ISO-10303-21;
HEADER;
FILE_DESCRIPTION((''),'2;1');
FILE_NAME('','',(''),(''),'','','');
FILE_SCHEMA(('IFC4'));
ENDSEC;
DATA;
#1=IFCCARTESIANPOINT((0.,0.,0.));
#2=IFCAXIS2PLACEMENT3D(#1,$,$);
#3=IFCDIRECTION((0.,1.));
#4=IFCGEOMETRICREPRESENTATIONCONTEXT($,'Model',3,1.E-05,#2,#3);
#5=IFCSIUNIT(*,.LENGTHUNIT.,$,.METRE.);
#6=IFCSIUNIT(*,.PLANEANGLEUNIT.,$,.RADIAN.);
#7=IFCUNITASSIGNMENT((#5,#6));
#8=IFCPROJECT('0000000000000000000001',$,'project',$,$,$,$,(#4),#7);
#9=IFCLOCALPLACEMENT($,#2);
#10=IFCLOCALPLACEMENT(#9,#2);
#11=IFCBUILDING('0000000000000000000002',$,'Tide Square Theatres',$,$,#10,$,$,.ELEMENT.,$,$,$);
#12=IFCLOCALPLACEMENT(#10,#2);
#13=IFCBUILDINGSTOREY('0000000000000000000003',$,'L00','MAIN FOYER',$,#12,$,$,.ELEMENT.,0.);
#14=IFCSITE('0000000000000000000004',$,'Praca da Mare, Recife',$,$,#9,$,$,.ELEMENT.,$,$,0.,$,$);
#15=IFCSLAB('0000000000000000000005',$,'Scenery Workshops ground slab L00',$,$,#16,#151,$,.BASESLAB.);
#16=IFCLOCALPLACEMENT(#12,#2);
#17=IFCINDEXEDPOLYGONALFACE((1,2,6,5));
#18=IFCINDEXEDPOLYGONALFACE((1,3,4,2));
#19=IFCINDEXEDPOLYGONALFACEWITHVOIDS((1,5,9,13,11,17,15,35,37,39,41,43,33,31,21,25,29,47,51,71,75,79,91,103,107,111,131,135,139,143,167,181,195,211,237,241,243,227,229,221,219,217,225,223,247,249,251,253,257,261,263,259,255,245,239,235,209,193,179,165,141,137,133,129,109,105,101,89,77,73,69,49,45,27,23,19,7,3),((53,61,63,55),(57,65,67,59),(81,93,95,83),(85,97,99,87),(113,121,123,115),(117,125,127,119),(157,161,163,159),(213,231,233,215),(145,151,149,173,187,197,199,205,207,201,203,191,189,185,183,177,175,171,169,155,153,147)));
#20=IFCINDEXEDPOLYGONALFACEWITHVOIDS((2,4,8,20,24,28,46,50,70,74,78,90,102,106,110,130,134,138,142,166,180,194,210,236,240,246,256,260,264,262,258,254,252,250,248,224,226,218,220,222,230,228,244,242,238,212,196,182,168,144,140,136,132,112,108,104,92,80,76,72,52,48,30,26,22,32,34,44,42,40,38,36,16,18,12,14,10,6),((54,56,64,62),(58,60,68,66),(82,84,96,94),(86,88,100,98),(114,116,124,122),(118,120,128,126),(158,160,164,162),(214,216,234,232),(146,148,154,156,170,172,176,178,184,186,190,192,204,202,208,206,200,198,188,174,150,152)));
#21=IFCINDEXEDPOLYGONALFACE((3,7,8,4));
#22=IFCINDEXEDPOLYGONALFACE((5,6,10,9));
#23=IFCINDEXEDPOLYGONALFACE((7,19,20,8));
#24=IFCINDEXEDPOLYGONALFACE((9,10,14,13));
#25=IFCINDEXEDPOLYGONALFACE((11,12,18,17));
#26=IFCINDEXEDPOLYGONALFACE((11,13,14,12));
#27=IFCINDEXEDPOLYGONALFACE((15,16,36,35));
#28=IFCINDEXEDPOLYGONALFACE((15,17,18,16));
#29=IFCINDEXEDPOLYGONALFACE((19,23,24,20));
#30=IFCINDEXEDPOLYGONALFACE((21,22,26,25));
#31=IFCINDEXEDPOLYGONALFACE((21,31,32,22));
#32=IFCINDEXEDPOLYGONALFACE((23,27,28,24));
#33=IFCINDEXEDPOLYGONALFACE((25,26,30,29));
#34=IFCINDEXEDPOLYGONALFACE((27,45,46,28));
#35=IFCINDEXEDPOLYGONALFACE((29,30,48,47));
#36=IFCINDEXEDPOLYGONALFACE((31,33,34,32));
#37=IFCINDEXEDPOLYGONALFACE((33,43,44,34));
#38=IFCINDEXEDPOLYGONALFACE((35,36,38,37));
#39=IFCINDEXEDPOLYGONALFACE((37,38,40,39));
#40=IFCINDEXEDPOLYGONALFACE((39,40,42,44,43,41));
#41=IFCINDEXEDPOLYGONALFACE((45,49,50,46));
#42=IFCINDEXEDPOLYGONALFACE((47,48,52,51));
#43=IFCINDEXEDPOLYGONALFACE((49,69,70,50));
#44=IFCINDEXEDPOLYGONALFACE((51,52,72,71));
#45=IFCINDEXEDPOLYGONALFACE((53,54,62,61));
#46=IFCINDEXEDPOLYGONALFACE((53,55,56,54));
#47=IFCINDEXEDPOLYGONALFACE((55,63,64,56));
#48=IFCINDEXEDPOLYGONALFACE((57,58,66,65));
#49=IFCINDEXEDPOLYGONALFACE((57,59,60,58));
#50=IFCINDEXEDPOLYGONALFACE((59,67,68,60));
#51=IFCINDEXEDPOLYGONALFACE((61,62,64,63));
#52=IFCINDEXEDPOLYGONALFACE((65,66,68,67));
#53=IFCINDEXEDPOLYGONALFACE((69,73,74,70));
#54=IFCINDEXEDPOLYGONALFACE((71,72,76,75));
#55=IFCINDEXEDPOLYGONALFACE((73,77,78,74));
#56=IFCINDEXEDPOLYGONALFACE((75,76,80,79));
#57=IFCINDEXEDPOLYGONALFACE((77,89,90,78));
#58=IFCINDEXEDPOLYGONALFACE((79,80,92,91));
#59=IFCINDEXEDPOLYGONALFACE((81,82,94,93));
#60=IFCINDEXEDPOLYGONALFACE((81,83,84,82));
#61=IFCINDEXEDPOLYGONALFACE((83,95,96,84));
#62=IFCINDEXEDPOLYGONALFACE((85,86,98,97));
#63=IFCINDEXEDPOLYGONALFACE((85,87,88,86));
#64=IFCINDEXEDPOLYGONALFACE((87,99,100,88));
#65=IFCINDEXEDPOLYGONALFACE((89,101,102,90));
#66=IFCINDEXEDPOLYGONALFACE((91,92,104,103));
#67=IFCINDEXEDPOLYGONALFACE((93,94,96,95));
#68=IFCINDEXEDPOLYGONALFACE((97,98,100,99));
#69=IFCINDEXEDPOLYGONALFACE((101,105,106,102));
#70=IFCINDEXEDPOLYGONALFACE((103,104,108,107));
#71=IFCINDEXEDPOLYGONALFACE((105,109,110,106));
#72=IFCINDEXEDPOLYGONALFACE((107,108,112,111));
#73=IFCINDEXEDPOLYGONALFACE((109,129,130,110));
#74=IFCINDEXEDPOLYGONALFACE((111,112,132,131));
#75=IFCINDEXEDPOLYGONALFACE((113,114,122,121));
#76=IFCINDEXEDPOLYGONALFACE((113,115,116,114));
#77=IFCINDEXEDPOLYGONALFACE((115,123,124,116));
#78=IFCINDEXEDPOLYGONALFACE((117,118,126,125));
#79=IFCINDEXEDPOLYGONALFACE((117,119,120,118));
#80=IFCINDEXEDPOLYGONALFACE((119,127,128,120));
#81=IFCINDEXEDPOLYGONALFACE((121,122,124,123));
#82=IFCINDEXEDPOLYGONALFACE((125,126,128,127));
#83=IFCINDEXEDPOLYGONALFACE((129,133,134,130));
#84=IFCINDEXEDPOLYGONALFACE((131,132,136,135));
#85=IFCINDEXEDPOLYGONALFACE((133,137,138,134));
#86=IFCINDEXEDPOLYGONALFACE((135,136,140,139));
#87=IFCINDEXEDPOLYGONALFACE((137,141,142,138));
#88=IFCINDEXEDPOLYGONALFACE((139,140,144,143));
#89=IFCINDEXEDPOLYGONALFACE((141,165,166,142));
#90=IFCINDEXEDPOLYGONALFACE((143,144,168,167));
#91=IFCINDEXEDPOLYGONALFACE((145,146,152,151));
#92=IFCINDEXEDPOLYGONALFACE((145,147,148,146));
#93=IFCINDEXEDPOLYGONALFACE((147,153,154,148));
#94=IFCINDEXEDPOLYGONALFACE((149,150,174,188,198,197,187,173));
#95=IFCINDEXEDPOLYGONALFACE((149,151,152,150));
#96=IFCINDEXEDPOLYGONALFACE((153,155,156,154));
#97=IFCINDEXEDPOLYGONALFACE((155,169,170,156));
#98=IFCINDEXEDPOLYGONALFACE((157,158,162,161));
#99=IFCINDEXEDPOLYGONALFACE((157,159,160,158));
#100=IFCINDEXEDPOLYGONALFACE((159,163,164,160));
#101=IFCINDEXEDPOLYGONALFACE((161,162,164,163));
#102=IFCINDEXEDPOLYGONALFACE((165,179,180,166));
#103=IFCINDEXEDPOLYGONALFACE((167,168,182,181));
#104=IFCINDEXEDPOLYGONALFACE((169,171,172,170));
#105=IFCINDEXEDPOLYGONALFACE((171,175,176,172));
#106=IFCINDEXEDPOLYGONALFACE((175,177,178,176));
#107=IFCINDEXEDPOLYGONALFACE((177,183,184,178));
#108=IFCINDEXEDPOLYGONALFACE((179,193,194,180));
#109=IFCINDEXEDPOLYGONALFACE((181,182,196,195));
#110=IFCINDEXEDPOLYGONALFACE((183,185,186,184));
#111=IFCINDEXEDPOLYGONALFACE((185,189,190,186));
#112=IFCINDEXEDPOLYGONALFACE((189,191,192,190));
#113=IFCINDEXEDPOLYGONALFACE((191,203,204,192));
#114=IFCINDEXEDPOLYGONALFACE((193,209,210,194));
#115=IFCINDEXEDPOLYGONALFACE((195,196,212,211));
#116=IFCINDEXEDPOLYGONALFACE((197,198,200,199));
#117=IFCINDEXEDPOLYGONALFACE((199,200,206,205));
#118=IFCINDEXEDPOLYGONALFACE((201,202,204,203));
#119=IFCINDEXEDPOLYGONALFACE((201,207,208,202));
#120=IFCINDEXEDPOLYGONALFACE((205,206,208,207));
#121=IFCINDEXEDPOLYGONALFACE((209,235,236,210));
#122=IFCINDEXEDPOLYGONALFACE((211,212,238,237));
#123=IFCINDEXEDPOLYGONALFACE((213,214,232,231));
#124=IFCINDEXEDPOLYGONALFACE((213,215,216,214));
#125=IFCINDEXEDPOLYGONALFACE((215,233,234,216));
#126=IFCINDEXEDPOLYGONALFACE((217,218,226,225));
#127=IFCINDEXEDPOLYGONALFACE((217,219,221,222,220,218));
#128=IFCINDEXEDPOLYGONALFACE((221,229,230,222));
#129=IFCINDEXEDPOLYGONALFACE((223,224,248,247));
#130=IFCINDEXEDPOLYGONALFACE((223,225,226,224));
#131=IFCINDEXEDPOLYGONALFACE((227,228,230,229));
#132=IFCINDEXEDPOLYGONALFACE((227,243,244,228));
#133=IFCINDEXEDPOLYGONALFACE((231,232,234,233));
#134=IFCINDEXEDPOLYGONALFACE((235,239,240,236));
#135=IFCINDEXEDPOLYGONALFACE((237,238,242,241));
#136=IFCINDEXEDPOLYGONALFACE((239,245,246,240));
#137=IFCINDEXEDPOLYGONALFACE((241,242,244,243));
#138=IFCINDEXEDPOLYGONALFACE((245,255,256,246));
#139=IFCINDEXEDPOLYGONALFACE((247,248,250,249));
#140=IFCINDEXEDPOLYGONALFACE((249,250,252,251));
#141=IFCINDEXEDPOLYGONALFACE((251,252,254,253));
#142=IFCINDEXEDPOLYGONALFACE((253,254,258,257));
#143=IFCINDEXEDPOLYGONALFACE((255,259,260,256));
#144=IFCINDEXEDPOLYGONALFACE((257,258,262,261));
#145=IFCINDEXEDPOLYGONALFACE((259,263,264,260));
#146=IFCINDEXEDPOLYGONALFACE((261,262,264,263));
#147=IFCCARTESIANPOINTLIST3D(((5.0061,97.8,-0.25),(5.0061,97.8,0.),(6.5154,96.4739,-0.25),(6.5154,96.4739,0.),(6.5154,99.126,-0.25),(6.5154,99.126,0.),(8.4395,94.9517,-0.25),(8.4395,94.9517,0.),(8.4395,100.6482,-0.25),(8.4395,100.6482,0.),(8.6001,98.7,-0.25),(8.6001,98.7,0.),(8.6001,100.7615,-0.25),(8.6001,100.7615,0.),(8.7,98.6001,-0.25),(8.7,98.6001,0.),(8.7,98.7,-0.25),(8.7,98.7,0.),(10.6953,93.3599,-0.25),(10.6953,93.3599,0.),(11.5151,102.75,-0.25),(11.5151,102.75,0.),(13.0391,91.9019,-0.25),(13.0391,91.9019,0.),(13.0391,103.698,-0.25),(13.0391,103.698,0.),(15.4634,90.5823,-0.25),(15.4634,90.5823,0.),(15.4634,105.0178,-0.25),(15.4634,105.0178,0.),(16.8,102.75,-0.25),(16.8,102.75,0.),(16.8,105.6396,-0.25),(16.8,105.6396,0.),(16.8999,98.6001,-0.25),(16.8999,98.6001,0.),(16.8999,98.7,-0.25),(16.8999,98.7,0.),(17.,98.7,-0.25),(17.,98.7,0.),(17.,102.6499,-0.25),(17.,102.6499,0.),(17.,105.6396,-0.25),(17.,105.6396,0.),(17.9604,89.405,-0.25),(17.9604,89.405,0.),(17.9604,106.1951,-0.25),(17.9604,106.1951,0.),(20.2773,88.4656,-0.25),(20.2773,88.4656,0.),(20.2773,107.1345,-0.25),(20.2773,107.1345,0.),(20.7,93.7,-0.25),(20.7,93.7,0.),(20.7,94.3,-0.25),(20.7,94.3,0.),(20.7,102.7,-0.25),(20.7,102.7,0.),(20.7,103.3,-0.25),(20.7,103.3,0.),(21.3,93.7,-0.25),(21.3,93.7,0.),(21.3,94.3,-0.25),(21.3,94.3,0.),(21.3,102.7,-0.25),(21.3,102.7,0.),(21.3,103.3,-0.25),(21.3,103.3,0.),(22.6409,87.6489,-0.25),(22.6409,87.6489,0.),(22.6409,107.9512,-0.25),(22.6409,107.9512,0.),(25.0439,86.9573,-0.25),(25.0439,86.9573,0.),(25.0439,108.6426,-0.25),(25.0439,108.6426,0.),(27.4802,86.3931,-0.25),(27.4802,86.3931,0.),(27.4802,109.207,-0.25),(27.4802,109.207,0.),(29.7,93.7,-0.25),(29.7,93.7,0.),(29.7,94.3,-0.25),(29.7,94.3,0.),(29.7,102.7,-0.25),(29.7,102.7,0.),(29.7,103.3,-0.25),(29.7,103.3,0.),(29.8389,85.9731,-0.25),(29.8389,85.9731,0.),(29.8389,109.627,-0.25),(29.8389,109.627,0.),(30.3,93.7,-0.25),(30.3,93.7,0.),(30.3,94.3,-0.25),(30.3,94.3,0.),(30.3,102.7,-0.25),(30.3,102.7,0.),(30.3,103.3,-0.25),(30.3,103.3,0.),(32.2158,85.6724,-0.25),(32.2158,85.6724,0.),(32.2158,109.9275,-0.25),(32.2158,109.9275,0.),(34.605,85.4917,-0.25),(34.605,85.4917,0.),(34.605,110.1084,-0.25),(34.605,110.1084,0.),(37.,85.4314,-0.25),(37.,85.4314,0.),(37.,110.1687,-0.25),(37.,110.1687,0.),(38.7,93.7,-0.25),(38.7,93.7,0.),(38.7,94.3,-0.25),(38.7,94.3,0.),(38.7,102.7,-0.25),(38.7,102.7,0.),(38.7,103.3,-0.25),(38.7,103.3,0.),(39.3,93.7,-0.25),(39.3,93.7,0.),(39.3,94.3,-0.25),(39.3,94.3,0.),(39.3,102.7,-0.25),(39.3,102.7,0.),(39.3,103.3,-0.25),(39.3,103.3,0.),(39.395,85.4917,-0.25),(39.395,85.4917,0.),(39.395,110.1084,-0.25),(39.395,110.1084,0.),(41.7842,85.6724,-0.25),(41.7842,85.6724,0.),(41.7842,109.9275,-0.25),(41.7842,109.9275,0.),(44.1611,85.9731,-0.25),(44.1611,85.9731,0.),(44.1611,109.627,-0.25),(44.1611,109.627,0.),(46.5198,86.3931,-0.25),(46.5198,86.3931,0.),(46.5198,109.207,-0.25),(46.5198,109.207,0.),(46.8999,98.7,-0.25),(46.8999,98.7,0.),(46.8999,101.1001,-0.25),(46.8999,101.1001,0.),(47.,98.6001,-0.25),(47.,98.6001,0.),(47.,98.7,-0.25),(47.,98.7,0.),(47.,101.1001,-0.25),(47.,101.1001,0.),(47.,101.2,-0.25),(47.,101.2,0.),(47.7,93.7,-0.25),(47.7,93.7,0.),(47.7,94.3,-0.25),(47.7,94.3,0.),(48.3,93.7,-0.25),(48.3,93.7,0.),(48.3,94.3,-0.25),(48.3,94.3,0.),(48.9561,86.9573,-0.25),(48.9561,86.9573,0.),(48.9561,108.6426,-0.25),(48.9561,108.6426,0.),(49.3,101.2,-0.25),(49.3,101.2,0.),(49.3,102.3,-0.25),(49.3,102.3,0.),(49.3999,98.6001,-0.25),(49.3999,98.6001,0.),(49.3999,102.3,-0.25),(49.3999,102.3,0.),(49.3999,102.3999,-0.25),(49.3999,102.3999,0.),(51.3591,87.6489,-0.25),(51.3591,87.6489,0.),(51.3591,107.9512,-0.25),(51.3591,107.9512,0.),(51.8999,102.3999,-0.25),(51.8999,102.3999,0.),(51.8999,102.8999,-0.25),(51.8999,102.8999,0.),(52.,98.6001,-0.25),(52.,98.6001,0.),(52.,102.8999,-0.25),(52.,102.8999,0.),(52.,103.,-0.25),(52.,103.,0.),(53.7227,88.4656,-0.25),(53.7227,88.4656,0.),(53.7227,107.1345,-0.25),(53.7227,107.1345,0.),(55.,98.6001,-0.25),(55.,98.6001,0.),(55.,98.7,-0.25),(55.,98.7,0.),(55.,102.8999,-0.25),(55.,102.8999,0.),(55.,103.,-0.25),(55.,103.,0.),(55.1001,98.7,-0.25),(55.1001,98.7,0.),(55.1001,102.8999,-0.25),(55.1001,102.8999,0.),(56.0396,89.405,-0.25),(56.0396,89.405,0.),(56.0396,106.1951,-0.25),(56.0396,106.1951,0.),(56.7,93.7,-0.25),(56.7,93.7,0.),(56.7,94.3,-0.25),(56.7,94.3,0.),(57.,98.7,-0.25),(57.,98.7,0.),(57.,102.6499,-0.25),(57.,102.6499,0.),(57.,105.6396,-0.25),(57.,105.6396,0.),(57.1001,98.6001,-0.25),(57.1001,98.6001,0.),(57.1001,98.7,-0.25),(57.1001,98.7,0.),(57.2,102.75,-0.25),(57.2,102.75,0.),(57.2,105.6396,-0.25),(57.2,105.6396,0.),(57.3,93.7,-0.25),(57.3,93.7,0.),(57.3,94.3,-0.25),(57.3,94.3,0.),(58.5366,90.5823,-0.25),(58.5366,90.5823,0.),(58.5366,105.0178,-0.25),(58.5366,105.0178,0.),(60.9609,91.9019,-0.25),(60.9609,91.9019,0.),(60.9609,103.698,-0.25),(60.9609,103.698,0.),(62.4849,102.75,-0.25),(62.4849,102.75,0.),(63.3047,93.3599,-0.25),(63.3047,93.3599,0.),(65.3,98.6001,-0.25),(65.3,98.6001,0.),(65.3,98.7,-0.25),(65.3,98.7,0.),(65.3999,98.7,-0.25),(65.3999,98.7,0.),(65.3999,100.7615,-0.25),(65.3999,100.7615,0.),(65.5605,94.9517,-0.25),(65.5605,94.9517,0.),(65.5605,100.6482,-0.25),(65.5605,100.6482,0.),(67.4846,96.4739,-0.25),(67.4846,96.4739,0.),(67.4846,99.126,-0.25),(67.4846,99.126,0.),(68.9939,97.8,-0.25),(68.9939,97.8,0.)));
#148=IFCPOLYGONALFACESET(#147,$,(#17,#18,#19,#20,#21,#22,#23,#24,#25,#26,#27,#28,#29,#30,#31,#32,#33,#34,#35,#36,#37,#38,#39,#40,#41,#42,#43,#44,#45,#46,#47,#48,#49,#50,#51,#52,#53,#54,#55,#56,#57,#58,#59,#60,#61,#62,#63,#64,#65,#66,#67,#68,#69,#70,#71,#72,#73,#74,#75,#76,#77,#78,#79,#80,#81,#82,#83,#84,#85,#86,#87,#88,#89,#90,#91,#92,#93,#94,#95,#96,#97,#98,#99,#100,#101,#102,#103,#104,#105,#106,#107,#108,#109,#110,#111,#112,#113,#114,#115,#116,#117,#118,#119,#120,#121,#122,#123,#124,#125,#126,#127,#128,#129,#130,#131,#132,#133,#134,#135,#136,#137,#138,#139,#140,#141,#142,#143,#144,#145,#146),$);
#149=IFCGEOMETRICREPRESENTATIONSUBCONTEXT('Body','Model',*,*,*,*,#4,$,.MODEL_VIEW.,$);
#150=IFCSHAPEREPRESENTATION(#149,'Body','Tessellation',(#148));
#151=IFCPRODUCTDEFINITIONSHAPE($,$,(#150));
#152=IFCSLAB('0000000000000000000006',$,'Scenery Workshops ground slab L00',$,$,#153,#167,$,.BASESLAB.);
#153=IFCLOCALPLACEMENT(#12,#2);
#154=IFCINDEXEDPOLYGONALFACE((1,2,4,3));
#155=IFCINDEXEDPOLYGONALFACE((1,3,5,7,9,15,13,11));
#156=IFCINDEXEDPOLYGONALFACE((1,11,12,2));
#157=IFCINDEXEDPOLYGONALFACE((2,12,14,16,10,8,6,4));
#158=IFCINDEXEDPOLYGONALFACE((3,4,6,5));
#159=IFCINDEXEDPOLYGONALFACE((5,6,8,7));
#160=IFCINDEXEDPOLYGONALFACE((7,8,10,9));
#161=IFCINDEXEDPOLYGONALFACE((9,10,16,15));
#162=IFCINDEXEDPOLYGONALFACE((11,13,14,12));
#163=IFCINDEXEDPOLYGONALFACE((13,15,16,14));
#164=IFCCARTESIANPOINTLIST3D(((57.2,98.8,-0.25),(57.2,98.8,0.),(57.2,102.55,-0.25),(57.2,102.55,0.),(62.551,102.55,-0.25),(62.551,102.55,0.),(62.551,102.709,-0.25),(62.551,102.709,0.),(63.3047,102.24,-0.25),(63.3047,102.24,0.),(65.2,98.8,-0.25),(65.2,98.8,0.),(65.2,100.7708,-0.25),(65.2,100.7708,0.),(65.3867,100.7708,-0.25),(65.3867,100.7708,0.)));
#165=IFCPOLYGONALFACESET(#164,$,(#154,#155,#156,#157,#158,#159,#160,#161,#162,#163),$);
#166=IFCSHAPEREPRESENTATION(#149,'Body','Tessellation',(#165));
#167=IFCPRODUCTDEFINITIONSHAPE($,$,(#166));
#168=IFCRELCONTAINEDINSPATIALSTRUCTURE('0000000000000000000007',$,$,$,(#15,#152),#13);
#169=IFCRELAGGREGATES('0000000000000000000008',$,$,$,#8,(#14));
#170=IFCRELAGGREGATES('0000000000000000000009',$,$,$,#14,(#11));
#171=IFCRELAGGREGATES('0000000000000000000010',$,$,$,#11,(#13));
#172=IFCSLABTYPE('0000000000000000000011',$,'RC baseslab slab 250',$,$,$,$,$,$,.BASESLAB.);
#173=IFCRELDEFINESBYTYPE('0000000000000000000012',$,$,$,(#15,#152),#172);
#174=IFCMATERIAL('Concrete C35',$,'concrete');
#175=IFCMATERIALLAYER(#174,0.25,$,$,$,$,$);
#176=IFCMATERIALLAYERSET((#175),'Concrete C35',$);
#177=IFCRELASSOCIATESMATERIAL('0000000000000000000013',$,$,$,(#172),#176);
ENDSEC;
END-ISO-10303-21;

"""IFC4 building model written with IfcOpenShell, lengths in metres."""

from ifc_helpers import new_model, si_unit, direction, frame, origin, place, context, subcontext, project, spatial, polyline, outline, extrude, material, layer, layer_set, type_object, element, save


model = new_model("IFC4")

# Units and contexts
model_context = context("Model", 3, precision=1e-05, world=origin(), true_north=direction((0.0, 1.0)))
body_context = subcontext(model_context, "Body", "Model", "MODEL_VIEW")
ifc_project = project(units=[si_unit("LENGTHUNIT", "METRE"), si_unit("PLANEANGLEUNIT", "RADIAN")], contexts=[model_context])

# Site, building, storey
site_placement = place(None, origin())
site = spatial("IfcSite", under=ifc_project, at=site_placement, Name="Praca da Mare, Recife", CompositionType="ELEMENT", RefElevation=0.0)
building_placement = place(site_placement, origin())
building = spatial("IfcBuilding", under=site, at=building_placement, Name="Tide Square Theatres", CompositionType="ELEMENT")
storey_placement = place(building_placement, origin())
storey = spatial("IfcBuildingStorey", under=building, at=storey_placement, Name="L00", Description="MAIN FOYER", CompositionType="ELEMENT", Elevation=0.0)

# Slabs
ifc_material_1 = material(Name="Concrete C35", Category="concrete")
ifc_layer_1 = layer(ifc_material_1, 0.25)
ifc_layer_set_1 = layer_set([ifc_layer_1], Name="Concrete C35")
slab_type_1 = type_object("IfcSlabType", Name="RC baseslab slab 250", PredefinedType="BASESLAB", material=ifc_layer_set_1)
slab_1_placement = place(storey_placement, frame((0.0, 0.0, -0.25)))
element("IfcSlab", 1, at=slab_1_placement, inside=storey, type_object=slab_type_1, Name="Scenery Workshops ground slab L00", PredefinedType="BASESLAB", context=body_context, shape_type="SweptSolid", body=[
    extrude(outline(polyline([(48.9561, 86.9573), (51.3591, 87.6489), (53.7227, 88.4656), (56.0396, 89.405), (58.5366, 90.5823), (60.9609, 91.9019), (63.3047, 93.3599), (65.5605, 94.9517), (67.4846, 96.4739), (68.9939, 97.8), (67.4846, 99.126), (65.5605, 100.6482), (65.3999, 100.7615), (65.3999, 98.7), (65.3, 98.7), (65.3, 98.6001), (57.1001, 98.6001), (57.1001, 98.7), (57.0, 98.7), (57.0, 102.6499), (57.0, 105.6396), (57.2, 105.6396), (57.2, 102.75), (62.4849, 102.75), (60.9609, 103.698), (58.5366, 105.0178), (56.0396, 106.1951), (53.7227, 107.1345), (51.3591, 107.9512), (48.9561, 108.6426), (46.5198, 109.207), (44.1611, 109.627), (41.7842, 109.9275), (39.395, 110.1084), (37.0, 110.1687), (34.605, 110.1084), (32.2158, 109.9275), (29.8389, 109.627), (27.4802, 109.207), (25.0439, 108.6426), (22.6409, 107.9512), (20.2773, 107.1345), (17.9604, 106.1951), (15.4634, 105.0178), (13.0391, 103.698), (11.5151, 102.75), (16.8, 102.75), (16.8, 105.6396), (17.0, 105.6396), (17.0, 102.6499), (17.0, 98.7), (16.8999, 98.7), (16.8999, 98.6001), (8.7, 98.6001), (8.7, 98.7), (8.6001, 98.7), (8.6001, 100.7615), (8.4395, 100.6482), (6.5154, 99.126), (5.0061, 97.8), (6.5154, 96.4739), (8.4395, 94.9517), (10.6953, 93.3599), (13.0391, 91.9019), (15.4634, 90.5823), (17.9604, 89.405), (20.2773, 88.4656), (22.6409, 87.6489), (25.0439, 86.9573), (27.4802, 86.3931), (29.8389, 85.9731), (32.2158, 85.6724), (34.605, 85.4917), (37.0, 85.4314), (39.395, 85.4917), (41.7842, 85.6724), (44.1611, 85.9731), (46.5198, 86.3931), (48.9561, 86.9573)]), holes=[polyline([(51.8999, 102.3999), (51.8999, 102.8999), (52.0, 102.8999), (52.0, 103.0), (55.0, 103.0), (55.0, 102.8999), (55.1001, 102.8999), (55.1001, 98.7), (55.0, 98.7), (55.0, 98.6001), (52.0, 98.6001), (49.3999, 98.6001), (47.0, 98.6001), (47.0, 98.7), (46.8999, 98.7), (46.8999, 101.1001), (47.0, 101.1001), (47.0, 101.2), (49.3, 101.2), (49.3, 102.3), (49.3999, 102.3), (49.3999, 102.3999), (51.8999, 102.3999)]), polyline([(20.7, 93.7), (20.7, 94.3), (21.3, 94.3), (21.3, 93.7), (20.7, 93.7)]), polyline([(20.7, 103.3), (21.3, 103.3), (21.3, 102.7), (20.7, 102.7), (20.7, 103.3)]), polyline([(30.3, 94.3), (30.3, 93.7), (29.7, 93.7), (29.7, 94.3), (30.3, 94.3)]), polyline([(30.3, 102.7), (29.7, 102.7), (29.7, 103.3), (30.3, 103.3), (30.3, 102.7)]), polyline([(38.7, 93.7), (38.7, 94.3), (39.3, 94.3), (39.3, 93.7), (38.7, 93.7)]), polyline([(38.7, 103.3), (39.3, 103.3), (39.3, 102.7), (38.7, 102.7), (38.7, 103.3)]), polyline([(48.3, 94.3), (48.3, 93.7), (47.7, 93.7), (47.7, 94.3), (48.3, 94.3)]), polyline([(57.3, 93.7), (56.7, 93.7), (56.7, 94.3), (57.3, 94.3), (57.3, 93.7)])]), origin(), (0.0, 0.0, 1.0), 0.25),
])
slab_2_placement = place(storey_placement, frame((0.0, 0.0, -0.25)))
element("IfcSlab", 2, at=slab_2_placement, inside=storey, type_object=slab_type_1, Name="Scenery Workshops ground slab L00", PredefinedType="BASESLAB", context=body_context, shape_type="SweptSolid", body=[
    extrude(outline(polyline([(65.2, 98.8), (65.2, 100.7708), (65.3867, 100.7708), (63.3047, 102.24), (62.551, 102.709), (62.551, 102.55), (57.2, 102.55), (57.2, 98.8), (65.2, 98.8)])), origin(), (0.0, 0.0, 1.0), 0.25),
])

save(model, "model.ifc")
